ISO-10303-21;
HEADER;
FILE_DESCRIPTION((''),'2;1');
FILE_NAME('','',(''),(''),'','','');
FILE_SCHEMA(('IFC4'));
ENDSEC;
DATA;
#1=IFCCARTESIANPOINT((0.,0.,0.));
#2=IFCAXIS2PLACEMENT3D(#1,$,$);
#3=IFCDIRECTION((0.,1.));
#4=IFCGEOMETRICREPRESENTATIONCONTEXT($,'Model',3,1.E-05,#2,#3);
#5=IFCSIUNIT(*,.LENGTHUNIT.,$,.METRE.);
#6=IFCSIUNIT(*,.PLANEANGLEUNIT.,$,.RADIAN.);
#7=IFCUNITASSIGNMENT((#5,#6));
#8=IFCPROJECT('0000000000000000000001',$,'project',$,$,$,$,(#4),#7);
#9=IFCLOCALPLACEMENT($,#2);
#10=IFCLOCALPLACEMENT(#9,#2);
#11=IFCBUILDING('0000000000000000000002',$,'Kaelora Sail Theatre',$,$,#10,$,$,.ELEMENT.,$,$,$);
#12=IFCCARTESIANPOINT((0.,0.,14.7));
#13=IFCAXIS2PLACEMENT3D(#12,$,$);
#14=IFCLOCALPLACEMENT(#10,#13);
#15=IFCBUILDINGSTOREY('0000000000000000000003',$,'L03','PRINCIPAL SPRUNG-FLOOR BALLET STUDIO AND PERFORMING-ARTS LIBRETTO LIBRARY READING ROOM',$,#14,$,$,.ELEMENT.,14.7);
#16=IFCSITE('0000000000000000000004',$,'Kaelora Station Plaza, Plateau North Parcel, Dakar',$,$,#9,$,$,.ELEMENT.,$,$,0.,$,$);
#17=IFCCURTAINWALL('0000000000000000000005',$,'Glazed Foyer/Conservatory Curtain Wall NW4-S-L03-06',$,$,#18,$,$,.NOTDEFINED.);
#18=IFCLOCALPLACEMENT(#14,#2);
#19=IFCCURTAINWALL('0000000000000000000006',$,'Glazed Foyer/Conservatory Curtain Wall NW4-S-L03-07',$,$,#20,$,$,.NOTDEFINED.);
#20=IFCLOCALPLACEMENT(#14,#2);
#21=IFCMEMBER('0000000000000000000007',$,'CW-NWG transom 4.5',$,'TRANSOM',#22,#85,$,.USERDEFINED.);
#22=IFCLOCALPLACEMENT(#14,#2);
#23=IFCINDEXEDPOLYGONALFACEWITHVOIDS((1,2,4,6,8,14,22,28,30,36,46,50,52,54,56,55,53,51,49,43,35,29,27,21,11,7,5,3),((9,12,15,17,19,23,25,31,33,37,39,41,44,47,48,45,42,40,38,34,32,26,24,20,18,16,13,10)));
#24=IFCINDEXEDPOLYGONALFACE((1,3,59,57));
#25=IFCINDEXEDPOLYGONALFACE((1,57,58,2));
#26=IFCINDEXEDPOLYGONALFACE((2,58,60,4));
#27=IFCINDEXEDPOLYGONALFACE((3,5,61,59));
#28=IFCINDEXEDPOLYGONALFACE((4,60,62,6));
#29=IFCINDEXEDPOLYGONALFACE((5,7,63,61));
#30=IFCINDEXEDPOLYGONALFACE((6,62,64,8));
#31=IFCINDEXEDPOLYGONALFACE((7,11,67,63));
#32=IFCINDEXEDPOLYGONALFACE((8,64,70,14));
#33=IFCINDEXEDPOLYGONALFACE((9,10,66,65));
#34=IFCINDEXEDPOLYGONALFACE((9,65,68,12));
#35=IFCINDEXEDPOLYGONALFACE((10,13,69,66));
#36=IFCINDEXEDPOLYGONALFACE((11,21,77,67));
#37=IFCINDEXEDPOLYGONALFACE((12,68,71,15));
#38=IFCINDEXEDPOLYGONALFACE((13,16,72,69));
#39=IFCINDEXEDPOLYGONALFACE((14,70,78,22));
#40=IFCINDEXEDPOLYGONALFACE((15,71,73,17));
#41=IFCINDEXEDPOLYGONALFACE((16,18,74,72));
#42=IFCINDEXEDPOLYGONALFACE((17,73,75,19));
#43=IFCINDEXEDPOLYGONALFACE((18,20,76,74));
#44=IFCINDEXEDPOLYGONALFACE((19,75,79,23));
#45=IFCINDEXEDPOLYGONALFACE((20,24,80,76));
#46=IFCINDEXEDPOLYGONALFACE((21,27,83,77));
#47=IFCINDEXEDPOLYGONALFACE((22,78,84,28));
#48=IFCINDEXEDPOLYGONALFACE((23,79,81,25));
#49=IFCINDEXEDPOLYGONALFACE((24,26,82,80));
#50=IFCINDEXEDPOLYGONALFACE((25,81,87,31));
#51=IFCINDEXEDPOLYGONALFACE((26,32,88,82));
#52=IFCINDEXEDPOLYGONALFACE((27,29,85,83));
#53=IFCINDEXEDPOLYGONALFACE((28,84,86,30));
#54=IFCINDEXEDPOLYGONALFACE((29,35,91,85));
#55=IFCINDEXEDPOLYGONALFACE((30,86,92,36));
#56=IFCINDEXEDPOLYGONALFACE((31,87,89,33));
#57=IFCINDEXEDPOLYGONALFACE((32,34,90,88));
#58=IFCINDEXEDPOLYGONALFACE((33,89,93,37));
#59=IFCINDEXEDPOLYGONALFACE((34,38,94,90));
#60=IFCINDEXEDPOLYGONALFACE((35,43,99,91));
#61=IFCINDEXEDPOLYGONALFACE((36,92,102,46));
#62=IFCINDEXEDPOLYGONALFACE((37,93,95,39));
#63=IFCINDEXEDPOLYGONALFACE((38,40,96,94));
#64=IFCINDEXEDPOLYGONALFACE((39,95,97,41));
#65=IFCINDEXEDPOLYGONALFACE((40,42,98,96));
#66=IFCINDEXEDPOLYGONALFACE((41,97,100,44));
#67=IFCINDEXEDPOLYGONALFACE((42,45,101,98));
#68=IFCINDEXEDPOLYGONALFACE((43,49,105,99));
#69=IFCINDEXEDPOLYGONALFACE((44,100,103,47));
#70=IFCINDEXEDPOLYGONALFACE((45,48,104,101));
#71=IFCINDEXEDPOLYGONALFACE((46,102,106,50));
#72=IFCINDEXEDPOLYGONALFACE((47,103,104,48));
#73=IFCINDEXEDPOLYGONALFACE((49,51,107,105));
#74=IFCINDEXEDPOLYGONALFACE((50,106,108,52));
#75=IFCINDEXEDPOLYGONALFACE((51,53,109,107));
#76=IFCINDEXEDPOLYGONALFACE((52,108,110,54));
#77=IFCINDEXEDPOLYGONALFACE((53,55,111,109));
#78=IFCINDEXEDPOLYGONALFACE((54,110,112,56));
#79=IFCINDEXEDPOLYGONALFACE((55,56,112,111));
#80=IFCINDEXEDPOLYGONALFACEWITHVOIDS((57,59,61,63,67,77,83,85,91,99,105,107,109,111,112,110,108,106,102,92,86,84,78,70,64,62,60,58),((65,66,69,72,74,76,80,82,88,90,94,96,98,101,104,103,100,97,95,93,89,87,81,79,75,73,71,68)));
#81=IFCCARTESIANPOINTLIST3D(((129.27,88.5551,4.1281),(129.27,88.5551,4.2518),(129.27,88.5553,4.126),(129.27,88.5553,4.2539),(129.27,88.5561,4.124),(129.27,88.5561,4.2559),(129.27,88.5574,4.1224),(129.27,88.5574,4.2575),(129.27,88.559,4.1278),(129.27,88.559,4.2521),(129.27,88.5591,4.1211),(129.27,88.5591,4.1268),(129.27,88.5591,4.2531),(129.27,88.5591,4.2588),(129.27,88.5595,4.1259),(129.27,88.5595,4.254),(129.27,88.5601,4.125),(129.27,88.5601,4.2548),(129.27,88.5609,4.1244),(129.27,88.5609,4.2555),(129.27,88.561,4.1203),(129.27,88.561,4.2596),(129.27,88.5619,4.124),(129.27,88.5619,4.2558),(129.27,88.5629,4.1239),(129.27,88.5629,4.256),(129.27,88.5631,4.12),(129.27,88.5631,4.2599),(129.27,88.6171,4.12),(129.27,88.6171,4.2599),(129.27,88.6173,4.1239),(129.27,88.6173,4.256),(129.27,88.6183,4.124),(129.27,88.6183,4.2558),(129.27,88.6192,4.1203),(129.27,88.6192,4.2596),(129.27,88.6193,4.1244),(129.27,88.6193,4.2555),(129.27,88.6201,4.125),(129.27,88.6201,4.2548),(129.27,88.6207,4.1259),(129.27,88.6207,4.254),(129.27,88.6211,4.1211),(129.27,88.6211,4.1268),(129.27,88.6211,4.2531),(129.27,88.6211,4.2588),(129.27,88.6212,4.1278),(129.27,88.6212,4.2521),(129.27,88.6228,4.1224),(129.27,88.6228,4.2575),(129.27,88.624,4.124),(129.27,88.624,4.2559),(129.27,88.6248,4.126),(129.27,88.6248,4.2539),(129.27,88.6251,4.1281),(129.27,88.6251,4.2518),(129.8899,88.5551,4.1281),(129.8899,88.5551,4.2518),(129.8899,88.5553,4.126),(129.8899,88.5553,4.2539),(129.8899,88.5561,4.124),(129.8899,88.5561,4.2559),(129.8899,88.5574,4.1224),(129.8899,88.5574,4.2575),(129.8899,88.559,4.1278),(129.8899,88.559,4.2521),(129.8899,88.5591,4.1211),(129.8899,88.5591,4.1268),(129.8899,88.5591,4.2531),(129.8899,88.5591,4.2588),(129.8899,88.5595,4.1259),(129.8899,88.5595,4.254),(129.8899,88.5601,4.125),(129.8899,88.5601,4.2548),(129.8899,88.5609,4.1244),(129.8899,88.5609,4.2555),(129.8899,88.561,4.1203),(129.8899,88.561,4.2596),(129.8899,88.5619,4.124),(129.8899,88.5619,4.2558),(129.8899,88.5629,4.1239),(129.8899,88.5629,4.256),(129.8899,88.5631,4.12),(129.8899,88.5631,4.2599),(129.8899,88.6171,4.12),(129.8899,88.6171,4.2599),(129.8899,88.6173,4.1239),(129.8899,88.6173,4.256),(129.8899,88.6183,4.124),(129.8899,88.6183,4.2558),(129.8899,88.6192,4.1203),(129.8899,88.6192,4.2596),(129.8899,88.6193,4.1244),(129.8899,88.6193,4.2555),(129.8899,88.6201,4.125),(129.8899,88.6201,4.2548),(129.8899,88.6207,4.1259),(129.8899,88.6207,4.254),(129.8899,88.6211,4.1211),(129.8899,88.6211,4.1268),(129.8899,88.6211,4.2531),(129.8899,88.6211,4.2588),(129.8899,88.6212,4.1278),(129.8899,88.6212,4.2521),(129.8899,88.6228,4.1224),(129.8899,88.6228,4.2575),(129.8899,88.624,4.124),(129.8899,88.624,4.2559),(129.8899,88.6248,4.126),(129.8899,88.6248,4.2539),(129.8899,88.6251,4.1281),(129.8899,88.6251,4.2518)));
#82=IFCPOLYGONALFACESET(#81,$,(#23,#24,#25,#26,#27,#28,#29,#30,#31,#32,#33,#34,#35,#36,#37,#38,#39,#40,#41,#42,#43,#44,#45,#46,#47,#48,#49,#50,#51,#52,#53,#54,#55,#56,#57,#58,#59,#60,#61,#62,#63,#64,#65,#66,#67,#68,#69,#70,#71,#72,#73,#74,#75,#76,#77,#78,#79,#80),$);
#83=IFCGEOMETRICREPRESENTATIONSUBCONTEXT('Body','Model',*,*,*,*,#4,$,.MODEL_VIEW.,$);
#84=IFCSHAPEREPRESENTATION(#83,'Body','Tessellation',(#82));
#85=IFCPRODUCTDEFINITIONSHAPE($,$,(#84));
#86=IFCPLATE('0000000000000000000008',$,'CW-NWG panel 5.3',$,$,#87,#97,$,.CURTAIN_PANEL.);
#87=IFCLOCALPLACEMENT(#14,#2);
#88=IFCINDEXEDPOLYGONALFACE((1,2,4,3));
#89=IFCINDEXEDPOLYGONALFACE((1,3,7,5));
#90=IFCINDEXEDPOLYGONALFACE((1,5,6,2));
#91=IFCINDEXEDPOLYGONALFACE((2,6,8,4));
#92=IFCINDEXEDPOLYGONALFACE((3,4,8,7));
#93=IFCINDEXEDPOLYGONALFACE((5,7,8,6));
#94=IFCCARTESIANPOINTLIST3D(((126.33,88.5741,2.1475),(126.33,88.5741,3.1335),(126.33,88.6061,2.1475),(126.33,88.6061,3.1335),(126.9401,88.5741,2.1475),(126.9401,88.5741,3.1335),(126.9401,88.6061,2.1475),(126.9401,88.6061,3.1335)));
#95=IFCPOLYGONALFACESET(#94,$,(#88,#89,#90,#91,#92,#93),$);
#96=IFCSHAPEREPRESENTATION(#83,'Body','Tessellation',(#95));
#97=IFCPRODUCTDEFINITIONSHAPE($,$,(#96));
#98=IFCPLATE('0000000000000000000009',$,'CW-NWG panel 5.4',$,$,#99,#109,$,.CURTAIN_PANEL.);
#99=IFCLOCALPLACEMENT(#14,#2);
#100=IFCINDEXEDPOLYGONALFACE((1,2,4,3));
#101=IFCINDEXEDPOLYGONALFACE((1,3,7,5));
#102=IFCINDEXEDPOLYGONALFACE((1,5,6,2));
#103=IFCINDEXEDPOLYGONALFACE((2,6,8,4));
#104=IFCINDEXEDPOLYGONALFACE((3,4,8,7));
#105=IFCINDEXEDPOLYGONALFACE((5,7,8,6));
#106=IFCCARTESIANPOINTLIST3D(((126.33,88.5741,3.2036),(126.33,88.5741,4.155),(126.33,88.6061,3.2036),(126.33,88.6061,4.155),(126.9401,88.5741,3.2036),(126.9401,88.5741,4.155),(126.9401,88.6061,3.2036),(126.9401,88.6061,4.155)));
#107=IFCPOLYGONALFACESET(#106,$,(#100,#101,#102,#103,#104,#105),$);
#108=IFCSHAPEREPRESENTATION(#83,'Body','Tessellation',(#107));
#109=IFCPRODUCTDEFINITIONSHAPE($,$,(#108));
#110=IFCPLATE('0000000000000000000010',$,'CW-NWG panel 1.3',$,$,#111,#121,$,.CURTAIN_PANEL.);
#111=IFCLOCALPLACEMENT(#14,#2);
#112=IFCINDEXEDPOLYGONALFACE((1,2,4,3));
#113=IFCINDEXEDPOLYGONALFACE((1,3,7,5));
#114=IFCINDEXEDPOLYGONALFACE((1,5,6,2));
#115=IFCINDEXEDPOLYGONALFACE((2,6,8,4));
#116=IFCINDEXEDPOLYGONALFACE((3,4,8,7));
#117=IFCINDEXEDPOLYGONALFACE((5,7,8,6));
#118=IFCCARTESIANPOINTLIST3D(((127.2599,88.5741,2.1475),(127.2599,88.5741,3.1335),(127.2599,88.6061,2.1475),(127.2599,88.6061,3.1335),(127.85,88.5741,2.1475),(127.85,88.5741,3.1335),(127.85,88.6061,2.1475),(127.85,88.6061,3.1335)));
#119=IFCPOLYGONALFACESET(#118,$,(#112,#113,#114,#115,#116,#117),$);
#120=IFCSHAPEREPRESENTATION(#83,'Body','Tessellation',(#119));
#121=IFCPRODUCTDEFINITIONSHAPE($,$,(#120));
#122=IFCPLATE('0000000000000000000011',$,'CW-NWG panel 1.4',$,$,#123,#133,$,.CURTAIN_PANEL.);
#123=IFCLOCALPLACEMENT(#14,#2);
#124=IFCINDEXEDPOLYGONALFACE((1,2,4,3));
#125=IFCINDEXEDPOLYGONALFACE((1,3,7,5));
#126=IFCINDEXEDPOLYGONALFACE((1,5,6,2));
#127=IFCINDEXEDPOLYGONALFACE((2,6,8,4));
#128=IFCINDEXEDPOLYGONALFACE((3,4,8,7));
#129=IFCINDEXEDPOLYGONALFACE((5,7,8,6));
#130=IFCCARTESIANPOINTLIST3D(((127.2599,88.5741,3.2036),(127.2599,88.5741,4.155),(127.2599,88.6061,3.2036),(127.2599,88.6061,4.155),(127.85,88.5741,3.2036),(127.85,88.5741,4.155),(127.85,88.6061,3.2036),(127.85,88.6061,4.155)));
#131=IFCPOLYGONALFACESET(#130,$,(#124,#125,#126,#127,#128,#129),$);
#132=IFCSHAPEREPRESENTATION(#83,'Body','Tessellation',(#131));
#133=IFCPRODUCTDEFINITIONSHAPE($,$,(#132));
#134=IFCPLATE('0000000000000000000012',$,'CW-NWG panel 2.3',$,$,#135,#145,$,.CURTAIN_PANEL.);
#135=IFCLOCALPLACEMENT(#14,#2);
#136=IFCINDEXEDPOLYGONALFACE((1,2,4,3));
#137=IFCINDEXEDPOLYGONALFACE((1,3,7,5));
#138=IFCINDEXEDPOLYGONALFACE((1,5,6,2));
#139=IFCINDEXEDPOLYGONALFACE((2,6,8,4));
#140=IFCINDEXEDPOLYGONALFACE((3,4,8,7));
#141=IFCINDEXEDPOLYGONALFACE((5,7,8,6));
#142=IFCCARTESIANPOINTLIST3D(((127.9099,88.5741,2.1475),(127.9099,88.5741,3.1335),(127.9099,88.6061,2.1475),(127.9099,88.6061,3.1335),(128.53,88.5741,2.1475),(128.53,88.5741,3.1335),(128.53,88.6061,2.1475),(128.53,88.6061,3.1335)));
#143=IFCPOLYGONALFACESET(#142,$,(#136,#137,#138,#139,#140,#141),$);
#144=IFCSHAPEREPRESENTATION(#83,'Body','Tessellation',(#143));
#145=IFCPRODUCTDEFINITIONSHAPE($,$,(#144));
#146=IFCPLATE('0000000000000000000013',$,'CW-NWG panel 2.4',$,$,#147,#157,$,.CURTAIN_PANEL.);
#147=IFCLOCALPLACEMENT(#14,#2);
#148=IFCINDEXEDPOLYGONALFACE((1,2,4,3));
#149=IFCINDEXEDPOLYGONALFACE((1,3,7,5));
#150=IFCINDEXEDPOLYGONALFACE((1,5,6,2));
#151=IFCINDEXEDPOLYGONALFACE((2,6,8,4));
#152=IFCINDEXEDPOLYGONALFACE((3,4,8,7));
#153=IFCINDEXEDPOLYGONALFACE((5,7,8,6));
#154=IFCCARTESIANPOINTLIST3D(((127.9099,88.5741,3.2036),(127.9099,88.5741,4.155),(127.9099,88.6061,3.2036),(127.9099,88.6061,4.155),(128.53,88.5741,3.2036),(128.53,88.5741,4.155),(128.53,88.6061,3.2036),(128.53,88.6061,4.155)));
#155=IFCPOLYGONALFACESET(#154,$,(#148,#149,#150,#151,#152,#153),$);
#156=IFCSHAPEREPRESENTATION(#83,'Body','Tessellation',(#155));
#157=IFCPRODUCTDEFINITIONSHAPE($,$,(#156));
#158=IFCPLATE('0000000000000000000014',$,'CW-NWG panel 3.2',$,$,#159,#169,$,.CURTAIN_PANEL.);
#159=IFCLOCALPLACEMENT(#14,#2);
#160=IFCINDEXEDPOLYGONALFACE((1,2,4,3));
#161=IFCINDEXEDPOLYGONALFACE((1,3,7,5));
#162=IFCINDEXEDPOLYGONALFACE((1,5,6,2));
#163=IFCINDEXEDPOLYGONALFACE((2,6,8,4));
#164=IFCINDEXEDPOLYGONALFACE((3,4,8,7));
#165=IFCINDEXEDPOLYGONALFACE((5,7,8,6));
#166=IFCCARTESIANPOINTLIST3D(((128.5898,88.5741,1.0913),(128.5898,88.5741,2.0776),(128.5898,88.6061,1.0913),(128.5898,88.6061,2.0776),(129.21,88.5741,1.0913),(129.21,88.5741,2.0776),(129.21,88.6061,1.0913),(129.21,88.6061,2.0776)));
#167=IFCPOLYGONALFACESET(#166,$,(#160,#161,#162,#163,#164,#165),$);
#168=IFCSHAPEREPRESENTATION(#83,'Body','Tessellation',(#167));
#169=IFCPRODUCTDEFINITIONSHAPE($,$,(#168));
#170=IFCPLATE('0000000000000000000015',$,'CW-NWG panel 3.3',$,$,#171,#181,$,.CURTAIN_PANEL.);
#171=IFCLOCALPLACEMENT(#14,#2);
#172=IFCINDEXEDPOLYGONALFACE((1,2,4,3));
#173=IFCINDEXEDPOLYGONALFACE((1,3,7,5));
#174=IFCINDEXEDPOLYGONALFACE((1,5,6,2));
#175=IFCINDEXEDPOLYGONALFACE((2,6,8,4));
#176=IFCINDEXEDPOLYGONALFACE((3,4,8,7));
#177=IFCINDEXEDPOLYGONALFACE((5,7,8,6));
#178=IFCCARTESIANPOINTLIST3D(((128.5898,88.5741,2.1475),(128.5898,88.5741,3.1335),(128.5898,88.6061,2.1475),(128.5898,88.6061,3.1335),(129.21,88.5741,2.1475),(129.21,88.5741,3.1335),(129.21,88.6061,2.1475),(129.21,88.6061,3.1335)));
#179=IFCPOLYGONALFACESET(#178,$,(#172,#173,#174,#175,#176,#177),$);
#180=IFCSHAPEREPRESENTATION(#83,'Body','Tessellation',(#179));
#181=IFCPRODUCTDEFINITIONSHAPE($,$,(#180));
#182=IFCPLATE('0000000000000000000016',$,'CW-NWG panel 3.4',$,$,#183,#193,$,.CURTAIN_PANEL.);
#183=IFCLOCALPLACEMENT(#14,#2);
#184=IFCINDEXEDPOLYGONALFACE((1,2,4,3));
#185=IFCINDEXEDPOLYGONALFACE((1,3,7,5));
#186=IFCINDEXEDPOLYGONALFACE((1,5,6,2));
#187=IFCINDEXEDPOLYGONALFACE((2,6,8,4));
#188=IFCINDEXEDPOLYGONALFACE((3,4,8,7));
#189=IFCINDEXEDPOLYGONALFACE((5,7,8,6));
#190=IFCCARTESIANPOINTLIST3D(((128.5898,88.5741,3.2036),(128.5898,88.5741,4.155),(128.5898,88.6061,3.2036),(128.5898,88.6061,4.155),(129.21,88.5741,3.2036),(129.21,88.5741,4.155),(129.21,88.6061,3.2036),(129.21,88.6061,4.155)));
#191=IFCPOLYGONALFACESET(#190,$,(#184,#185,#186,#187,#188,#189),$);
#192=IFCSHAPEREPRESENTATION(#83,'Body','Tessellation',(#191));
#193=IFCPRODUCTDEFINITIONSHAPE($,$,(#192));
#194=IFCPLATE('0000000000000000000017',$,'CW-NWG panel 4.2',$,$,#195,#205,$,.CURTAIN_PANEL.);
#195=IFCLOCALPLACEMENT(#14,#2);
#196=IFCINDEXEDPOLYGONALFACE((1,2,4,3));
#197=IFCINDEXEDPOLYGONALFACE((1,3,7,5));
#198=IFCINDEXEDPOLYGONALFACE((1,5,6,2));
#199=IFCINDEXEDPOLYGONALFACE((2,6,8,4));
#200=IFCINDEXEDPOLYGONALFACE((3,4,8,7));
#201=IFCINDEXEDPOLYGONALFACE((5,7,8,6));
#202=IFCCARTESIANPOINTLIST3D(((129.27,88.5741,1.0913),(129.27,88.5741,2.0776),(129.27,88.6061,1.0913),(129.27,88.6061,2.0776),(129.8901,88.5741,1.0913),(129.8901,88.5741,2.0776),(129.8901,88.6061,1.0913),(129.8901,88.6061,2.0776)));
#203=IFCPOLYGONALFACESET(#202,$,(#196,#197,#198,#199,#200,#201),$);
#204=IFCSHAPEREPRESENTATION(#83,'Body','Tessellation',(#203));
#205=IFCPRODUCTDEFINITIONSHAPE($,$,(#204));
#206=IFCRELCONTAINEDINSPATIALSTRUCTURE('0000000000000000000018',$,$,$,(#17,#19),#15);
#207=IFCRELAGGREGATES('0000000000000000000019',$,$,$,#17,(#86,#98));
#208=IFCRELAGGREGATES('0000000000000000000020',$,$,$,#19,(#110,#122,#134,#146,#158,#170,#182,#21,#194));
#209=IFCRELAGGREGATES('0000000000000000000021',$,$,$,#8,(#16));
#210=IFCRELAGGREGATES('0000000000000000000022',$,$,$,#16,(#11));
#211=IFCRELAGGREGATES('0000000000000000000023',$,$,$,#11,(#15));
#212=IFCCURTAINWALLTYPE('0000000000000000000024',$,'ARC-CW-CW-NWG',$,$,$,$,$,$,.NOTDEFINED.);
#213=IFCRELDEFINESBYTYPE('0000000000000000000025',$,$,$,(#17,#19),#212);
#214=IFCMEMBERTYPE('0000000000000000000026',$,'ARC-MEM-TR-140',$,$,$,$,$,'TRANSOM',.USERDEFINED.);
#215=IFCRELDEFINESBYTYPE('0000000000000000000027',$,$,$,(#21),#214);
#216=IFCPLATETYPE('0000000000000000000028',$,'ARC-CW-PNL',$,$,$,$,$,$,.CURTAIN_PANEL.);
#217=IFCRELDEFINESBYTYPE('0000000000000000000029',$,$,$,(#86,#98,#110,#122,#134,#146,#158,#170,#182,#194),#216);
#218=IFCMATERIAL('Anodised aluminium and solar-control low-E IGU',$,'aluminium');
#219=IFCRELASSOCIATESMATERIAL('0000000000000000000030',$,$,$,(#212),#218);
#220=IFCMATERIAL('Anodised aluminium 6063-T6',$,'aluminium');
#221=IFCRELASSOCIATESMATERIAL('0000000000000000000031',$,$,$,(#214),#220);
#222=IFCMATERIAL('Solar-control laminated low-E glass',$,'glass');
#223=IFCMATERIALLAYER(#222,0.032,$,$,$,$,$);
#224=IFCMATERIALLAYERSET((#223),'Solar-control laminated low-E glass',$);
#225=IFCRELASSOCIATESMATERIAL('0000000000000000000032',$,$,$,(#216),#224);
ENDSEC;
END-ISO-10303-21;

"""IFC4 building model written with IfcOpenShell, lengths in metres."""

from ifc_helpers import new_model, si_unit, direction, frame, origin, origin_2d, place, context, subcontext, project, spatial, rectangle, hollow_rectangle, extrude, material, layer, layer_set, material_profile, profile_set, type_object, element, aggregate, save


model = new_model("IFC4")

# Units and contexts
model_context = context("Model", 3, precision=1e-05, world=origin(), true_north=direction((0.0, 1.0)))
body_context = subcontext(model_context, "Body", "Model", "MODEL_VIEW")
ifc_project = project(units=[si_unit("LENGTHUNIT", "METRE"), si_unit("PLANEANGLEUNIT", "RADIAN")], contexts=[model_context])

# Site, building, storey
site_placement = place(None, origin())
site = spatial("IfcSite", under=ifc_project, at=site_placement, Name="Kaelora Station Plaza, Plateau North Parcel, Dakar", CompositionType="ELEMENT", RefElevation=0.0)
building_placement = place(site_placement, origin())
building = spatial("IfcBuilding", under=site, at=building_placement, Name="Kaelora Sail Theatre", CompositionType="ELEMENT")
storey_placement = place(building_placement, frame((0.0, 0.0, 14.7)))
storey = spatial("IfcBuildingStorey", under=building, at=storey_placement, Name="L03", Description="PRINCIPAL SPRUNG-FLOOR BALLET STUDIO AND PERFORMING-ARTS LIBRETTO LIBRARY READING ROOM", CompositionType="ELEMENT", Elevation=14.7)

# Curtain walls, member
ifc_material_1 = material(Name="Anodised aluminium and solar-control low-E IGU", Category="aluminium")
curtain_wall_type = type_object("IfcCurtainWallType", Name="ARC-CW-CW-NWG", PredefinedType="NOTDEFINED", material=ifc_material_1)
curtain_wall_1_placement = place(storey_placement, origin())
curtain_wall_1 = element("IfcCurtainWall", 1, at=curtain_wall_1_placement, inside=storey, type_object=curtain_wall_type, Name="Glazed Foyer/Conservatory Curtain Wall NW4-S-L03-06", PredefinedType="NOTDEFINED")
ifc_material_2 = material(Name="Anodised aluminium 6063-T6", Category="aluminium")
ifc_material_profile = material_profile(ifc_material_2, hollow_rectangle(XDim=0.0701, YDim=0.1399, WallThickness=0.0039, InnerFilletRadius=0.0039, OuterFilletRadius=0.0081, at=origin_2d()), Name="ALU-TRAN 70x140x4")
ifc_profile_set = profile_set([ifc_material_profile], Name="Anodised aluminium 6063-T6")
member_type = type_object("IfcMemberType", Name="ARC-MEM-TR-140", ElementType="TRANSOM", PredefinedType="USERDEFINED", material=ifc_profile_set)
curtain_wall_2_placement = place(storey_placement, origin())
curtain_wall_2 = element("IfcCurtainWall", 2, at=curtain_wall_2_placement, inside=storey, type_object=curtain_wall_type, Name="Glazed Foyer/Conservatory Curtain Wall NW4-S-L03-07", PredefinedType="NOTDEFINED")
member_1_placement = place(storey_placement, frame((129.27, 88.5901, 4.1899), z_axis=(1.0, 0.0, 0.0), x_axis=(0.0, 1.0, 0.0)))
member_1 = element("IfcMember", 3, at=member_1_placement, type_object=member_type, Name="CW-NWG transom 4.5", ObjectType="TRANSOM", PredefinedType="USERDEFINED", context=body_context, shape_type="SweptSolid", body=[
    extrude(hollow_rectangle(XDim=0.0701, YDim=0.1399, WallThickness=0.0039, InnerFilletRadius=0.0039, OuterFilletRadius=0.0081, at=origin_2d()), origin(), (0.0, 0.0, 1.0), 0.6199),
])

# Plates
ifc_material_3 = material(Name="Solar-control laminated low-E glass", Category="glass")
ifc_layer = layer(ifc_material_3, 0.032)
ifc_layer_set = layer_set([ifc_layer], Name="Solar-control laminated low-E glass")
plate_type = type_object("IfcPlateType", Name="ARC-CW-PNL", PredefinedType="CURTAIN_PANEL", material=ifc_layer_set)
plate_1_placement = place(storey_placement, frame((126.635, 88.5901, 2.1475), z_axis=(0.0, 0.0, 1.0), x_axis=(1.0, 0.0, 0.0)))
plate_1 = element("IfcPlate", 4, at=plate_1_placement, type_object=plate_type, Name="CW-NWG panel 5.3", PredefinedType="CURTAIN_PANEL", context=body_context, shape_type="SweptSolid", body=[
    extrude(rectangle(XDim=0.6101, YDim=0.032, at=origin_2d()), origin(), (0.0, 0.0, 1.0), 0.9861),
])
plate_2_placement = place(storey_placement, frame((126.635, 88.5901, 3.2036), z_axis=(0.0, 0.0, 1.0), x_axis=(1.0, 0.0, 0.0)))
plate_2 = element("IfcPlate", 5, at=plate_2_placement, type_object=plate_type, Name="CW-NWG panel 5.4", PredefinedType="CURTAIN_PANEL", context=body_context, shape_type="SweptSolid", body=[
    extrude(rectangle(XDim=0.6101, YDim=0.032, at=origin_2d()), origin(), (0.0, 0.0, 1.0), 0.9514),
])
aggregate(curtain_wall_1, [plate_1, plate_2])
plate_3_placement = place(storey_placement, frame((127.5549, 88.5901, 2.1475), z_axis=(0.0, 0.0, 1.0), x_axis=(1.0, 0.0, 0.0)))
plate_3 = element("IfcPlate", 6, at=plate_3_placement, type_object=plate_type, Name="CW-NWG panel 1.3", PredefinedType="CURTAIN_PANEL", context=body_context, shape_type="SweptSolid", body=[
    extrude(rectangle(XDim=0.5901, YDim=0.032, at=origin_2d()), origin(), (0.0, 0.0, 1.0), 0.9861),
])
plate_4_placement = place(storey_placement, frame((127.5549, 88.5901, 3.2036), z_axis=(0.0, 0.0, 1.0), x_axis=(1.0, 0.0, 0.0)))
plate_4 = element("IfcPlate", 7, at=plate_4_placement, type_object=plate_type, Name="CW-NWG panel 1.4", PredefinedType="CURTAIN_PANEL", context=body_context, shape_type="SweptSolid", body=[
    extrude(rectangle(XDim=0.5901, YDim=0.032, at=origin_2d()), origin(), (0.0, 0.0, 1.0), 0.9514),
])
plate_5_placement = place(storey_placement, frame((128.22, 88.5901, 2.1475), z_axis=(0.0, 0.0, 1.0), x_axis=(1.0, 0.0, 0.0)))
plate_5 = element("IfcPlate", 8, at=plate_5_placement, type_object=plate_type, Name="CW-NWG panel 2.3", PredefinedType="CURTAIN_PANEL", context=body_context, shape_type="SweptSolid", body=[
    extrude(rectangle(XDim=0.6201, YDim=0.032, at=origin_2d()), origin(), (0.0, 0.0, 1.0), 0.9861),
])
plate_6_placement = place(storey_placement, frame((128.22, 88.5901, 3.2036), z_axis=(0.0, 0.0, 1.0), x_axis=(1.0, 0.0, 0.0)))
plate_6 = element("IfcPlate", 9, at=plate_6_placement, type_object=plate_type, Name="CW-NWG panel 2.4", PredefinedType="CURTAIN_PANEL", context=body_context, shape_type="SweptSolid", body=[
    extrude(rectangle(XDim=0.6201, YDim=0.032, at=origin_2d()), origin(), (0.0, 0.0, 1.0), 0.9514),
])
plate_7_placement = place(storey_placement, frame((128.8999, 88.5901, 1.0913), z_axis=(0.0, 0.0, 1.0), x_axis=(1.0, 0.0, 0.0)))
plate_7 = element("IfcPlate", 10, at=plate_7_placement, type_object=plate_type, Name="CW-NWG panel 3.2", PredefinedType="CURTAIN_PANEL", context=body_context, shape_type="SweptSolid", body=[
    extrude(rectangle(XDim=0.6201, YDim=0.032, at=origin_2d()), origin(), (0.0, 0.0, 1.0), 0.9863),
])
plate_8_placement = place(storey_placement, frame((128.8999, 88.5901, 2.1475), z_axis=(0.0, 0.0, 1.0), x_axis=(1.0, 0.0, 0.0)))
plate_8 = element("IfcPlate", 11, at=plate_8_placement, type_object=plate_type, Name="CW-NWG panel 3.3", PredefinedType="CURTAIN_PANEL", context=body_context, shape_type="SweptSolid", body=[
    extrude(rectangle(XDim=0.6201, YDim=0.032, at=origin_2d()), origin(), (0.0, 0.0, 1.0), 0.9861),
])
plate_9_placement = place(storey_placement, frame((128.8999, 88.5901, 3.2036), z_axis=(0.0, 0.0, 1.0), x_axis=(1.0, 0.0, 0.0)))
plate_9 = element("IfcPlate", 12, at=plate_9_placement, type_object=plate_type, Name="CW-NWG panel 3.4", PredefinedType="CURTAIN_PANEL", context=body_context, shape_type="SweptSolid", body=[
    extrude(rectangle(XDim=0.6201, YDim=0.032, at=origin_2d()), origin(), (0.0, 0.0, 1.0), 0.9514),
])
plate_10_placement = place(storey_placement, frame((129.5801, 88.5901, 1.0913), z_axis=(0.0, 0.0, 1.0), x_axis=(1.0, 0.0, 0.0)))
plate_10 = element("IfcPlate", 13, at=plate_10_placement, type_object=plate_type, Name="CW-NWG panel 4.2", PredefinedType="CURTAIN_PANEL", context=body_context, shape_type="SweptSolid", body=[
    extrude(rectangle(XDim=0.6201, YDim=0.032, at=origin_2d()), origin(), (0.0, 0.0, 1.0), 0.9863),
])
aggregate(curtain_wall_2, [plate_3, plate_4, plate_5, plate_6, plate_7, plate_8, plate_9, member_1, plate_10])

save(model, "model.ifc")
